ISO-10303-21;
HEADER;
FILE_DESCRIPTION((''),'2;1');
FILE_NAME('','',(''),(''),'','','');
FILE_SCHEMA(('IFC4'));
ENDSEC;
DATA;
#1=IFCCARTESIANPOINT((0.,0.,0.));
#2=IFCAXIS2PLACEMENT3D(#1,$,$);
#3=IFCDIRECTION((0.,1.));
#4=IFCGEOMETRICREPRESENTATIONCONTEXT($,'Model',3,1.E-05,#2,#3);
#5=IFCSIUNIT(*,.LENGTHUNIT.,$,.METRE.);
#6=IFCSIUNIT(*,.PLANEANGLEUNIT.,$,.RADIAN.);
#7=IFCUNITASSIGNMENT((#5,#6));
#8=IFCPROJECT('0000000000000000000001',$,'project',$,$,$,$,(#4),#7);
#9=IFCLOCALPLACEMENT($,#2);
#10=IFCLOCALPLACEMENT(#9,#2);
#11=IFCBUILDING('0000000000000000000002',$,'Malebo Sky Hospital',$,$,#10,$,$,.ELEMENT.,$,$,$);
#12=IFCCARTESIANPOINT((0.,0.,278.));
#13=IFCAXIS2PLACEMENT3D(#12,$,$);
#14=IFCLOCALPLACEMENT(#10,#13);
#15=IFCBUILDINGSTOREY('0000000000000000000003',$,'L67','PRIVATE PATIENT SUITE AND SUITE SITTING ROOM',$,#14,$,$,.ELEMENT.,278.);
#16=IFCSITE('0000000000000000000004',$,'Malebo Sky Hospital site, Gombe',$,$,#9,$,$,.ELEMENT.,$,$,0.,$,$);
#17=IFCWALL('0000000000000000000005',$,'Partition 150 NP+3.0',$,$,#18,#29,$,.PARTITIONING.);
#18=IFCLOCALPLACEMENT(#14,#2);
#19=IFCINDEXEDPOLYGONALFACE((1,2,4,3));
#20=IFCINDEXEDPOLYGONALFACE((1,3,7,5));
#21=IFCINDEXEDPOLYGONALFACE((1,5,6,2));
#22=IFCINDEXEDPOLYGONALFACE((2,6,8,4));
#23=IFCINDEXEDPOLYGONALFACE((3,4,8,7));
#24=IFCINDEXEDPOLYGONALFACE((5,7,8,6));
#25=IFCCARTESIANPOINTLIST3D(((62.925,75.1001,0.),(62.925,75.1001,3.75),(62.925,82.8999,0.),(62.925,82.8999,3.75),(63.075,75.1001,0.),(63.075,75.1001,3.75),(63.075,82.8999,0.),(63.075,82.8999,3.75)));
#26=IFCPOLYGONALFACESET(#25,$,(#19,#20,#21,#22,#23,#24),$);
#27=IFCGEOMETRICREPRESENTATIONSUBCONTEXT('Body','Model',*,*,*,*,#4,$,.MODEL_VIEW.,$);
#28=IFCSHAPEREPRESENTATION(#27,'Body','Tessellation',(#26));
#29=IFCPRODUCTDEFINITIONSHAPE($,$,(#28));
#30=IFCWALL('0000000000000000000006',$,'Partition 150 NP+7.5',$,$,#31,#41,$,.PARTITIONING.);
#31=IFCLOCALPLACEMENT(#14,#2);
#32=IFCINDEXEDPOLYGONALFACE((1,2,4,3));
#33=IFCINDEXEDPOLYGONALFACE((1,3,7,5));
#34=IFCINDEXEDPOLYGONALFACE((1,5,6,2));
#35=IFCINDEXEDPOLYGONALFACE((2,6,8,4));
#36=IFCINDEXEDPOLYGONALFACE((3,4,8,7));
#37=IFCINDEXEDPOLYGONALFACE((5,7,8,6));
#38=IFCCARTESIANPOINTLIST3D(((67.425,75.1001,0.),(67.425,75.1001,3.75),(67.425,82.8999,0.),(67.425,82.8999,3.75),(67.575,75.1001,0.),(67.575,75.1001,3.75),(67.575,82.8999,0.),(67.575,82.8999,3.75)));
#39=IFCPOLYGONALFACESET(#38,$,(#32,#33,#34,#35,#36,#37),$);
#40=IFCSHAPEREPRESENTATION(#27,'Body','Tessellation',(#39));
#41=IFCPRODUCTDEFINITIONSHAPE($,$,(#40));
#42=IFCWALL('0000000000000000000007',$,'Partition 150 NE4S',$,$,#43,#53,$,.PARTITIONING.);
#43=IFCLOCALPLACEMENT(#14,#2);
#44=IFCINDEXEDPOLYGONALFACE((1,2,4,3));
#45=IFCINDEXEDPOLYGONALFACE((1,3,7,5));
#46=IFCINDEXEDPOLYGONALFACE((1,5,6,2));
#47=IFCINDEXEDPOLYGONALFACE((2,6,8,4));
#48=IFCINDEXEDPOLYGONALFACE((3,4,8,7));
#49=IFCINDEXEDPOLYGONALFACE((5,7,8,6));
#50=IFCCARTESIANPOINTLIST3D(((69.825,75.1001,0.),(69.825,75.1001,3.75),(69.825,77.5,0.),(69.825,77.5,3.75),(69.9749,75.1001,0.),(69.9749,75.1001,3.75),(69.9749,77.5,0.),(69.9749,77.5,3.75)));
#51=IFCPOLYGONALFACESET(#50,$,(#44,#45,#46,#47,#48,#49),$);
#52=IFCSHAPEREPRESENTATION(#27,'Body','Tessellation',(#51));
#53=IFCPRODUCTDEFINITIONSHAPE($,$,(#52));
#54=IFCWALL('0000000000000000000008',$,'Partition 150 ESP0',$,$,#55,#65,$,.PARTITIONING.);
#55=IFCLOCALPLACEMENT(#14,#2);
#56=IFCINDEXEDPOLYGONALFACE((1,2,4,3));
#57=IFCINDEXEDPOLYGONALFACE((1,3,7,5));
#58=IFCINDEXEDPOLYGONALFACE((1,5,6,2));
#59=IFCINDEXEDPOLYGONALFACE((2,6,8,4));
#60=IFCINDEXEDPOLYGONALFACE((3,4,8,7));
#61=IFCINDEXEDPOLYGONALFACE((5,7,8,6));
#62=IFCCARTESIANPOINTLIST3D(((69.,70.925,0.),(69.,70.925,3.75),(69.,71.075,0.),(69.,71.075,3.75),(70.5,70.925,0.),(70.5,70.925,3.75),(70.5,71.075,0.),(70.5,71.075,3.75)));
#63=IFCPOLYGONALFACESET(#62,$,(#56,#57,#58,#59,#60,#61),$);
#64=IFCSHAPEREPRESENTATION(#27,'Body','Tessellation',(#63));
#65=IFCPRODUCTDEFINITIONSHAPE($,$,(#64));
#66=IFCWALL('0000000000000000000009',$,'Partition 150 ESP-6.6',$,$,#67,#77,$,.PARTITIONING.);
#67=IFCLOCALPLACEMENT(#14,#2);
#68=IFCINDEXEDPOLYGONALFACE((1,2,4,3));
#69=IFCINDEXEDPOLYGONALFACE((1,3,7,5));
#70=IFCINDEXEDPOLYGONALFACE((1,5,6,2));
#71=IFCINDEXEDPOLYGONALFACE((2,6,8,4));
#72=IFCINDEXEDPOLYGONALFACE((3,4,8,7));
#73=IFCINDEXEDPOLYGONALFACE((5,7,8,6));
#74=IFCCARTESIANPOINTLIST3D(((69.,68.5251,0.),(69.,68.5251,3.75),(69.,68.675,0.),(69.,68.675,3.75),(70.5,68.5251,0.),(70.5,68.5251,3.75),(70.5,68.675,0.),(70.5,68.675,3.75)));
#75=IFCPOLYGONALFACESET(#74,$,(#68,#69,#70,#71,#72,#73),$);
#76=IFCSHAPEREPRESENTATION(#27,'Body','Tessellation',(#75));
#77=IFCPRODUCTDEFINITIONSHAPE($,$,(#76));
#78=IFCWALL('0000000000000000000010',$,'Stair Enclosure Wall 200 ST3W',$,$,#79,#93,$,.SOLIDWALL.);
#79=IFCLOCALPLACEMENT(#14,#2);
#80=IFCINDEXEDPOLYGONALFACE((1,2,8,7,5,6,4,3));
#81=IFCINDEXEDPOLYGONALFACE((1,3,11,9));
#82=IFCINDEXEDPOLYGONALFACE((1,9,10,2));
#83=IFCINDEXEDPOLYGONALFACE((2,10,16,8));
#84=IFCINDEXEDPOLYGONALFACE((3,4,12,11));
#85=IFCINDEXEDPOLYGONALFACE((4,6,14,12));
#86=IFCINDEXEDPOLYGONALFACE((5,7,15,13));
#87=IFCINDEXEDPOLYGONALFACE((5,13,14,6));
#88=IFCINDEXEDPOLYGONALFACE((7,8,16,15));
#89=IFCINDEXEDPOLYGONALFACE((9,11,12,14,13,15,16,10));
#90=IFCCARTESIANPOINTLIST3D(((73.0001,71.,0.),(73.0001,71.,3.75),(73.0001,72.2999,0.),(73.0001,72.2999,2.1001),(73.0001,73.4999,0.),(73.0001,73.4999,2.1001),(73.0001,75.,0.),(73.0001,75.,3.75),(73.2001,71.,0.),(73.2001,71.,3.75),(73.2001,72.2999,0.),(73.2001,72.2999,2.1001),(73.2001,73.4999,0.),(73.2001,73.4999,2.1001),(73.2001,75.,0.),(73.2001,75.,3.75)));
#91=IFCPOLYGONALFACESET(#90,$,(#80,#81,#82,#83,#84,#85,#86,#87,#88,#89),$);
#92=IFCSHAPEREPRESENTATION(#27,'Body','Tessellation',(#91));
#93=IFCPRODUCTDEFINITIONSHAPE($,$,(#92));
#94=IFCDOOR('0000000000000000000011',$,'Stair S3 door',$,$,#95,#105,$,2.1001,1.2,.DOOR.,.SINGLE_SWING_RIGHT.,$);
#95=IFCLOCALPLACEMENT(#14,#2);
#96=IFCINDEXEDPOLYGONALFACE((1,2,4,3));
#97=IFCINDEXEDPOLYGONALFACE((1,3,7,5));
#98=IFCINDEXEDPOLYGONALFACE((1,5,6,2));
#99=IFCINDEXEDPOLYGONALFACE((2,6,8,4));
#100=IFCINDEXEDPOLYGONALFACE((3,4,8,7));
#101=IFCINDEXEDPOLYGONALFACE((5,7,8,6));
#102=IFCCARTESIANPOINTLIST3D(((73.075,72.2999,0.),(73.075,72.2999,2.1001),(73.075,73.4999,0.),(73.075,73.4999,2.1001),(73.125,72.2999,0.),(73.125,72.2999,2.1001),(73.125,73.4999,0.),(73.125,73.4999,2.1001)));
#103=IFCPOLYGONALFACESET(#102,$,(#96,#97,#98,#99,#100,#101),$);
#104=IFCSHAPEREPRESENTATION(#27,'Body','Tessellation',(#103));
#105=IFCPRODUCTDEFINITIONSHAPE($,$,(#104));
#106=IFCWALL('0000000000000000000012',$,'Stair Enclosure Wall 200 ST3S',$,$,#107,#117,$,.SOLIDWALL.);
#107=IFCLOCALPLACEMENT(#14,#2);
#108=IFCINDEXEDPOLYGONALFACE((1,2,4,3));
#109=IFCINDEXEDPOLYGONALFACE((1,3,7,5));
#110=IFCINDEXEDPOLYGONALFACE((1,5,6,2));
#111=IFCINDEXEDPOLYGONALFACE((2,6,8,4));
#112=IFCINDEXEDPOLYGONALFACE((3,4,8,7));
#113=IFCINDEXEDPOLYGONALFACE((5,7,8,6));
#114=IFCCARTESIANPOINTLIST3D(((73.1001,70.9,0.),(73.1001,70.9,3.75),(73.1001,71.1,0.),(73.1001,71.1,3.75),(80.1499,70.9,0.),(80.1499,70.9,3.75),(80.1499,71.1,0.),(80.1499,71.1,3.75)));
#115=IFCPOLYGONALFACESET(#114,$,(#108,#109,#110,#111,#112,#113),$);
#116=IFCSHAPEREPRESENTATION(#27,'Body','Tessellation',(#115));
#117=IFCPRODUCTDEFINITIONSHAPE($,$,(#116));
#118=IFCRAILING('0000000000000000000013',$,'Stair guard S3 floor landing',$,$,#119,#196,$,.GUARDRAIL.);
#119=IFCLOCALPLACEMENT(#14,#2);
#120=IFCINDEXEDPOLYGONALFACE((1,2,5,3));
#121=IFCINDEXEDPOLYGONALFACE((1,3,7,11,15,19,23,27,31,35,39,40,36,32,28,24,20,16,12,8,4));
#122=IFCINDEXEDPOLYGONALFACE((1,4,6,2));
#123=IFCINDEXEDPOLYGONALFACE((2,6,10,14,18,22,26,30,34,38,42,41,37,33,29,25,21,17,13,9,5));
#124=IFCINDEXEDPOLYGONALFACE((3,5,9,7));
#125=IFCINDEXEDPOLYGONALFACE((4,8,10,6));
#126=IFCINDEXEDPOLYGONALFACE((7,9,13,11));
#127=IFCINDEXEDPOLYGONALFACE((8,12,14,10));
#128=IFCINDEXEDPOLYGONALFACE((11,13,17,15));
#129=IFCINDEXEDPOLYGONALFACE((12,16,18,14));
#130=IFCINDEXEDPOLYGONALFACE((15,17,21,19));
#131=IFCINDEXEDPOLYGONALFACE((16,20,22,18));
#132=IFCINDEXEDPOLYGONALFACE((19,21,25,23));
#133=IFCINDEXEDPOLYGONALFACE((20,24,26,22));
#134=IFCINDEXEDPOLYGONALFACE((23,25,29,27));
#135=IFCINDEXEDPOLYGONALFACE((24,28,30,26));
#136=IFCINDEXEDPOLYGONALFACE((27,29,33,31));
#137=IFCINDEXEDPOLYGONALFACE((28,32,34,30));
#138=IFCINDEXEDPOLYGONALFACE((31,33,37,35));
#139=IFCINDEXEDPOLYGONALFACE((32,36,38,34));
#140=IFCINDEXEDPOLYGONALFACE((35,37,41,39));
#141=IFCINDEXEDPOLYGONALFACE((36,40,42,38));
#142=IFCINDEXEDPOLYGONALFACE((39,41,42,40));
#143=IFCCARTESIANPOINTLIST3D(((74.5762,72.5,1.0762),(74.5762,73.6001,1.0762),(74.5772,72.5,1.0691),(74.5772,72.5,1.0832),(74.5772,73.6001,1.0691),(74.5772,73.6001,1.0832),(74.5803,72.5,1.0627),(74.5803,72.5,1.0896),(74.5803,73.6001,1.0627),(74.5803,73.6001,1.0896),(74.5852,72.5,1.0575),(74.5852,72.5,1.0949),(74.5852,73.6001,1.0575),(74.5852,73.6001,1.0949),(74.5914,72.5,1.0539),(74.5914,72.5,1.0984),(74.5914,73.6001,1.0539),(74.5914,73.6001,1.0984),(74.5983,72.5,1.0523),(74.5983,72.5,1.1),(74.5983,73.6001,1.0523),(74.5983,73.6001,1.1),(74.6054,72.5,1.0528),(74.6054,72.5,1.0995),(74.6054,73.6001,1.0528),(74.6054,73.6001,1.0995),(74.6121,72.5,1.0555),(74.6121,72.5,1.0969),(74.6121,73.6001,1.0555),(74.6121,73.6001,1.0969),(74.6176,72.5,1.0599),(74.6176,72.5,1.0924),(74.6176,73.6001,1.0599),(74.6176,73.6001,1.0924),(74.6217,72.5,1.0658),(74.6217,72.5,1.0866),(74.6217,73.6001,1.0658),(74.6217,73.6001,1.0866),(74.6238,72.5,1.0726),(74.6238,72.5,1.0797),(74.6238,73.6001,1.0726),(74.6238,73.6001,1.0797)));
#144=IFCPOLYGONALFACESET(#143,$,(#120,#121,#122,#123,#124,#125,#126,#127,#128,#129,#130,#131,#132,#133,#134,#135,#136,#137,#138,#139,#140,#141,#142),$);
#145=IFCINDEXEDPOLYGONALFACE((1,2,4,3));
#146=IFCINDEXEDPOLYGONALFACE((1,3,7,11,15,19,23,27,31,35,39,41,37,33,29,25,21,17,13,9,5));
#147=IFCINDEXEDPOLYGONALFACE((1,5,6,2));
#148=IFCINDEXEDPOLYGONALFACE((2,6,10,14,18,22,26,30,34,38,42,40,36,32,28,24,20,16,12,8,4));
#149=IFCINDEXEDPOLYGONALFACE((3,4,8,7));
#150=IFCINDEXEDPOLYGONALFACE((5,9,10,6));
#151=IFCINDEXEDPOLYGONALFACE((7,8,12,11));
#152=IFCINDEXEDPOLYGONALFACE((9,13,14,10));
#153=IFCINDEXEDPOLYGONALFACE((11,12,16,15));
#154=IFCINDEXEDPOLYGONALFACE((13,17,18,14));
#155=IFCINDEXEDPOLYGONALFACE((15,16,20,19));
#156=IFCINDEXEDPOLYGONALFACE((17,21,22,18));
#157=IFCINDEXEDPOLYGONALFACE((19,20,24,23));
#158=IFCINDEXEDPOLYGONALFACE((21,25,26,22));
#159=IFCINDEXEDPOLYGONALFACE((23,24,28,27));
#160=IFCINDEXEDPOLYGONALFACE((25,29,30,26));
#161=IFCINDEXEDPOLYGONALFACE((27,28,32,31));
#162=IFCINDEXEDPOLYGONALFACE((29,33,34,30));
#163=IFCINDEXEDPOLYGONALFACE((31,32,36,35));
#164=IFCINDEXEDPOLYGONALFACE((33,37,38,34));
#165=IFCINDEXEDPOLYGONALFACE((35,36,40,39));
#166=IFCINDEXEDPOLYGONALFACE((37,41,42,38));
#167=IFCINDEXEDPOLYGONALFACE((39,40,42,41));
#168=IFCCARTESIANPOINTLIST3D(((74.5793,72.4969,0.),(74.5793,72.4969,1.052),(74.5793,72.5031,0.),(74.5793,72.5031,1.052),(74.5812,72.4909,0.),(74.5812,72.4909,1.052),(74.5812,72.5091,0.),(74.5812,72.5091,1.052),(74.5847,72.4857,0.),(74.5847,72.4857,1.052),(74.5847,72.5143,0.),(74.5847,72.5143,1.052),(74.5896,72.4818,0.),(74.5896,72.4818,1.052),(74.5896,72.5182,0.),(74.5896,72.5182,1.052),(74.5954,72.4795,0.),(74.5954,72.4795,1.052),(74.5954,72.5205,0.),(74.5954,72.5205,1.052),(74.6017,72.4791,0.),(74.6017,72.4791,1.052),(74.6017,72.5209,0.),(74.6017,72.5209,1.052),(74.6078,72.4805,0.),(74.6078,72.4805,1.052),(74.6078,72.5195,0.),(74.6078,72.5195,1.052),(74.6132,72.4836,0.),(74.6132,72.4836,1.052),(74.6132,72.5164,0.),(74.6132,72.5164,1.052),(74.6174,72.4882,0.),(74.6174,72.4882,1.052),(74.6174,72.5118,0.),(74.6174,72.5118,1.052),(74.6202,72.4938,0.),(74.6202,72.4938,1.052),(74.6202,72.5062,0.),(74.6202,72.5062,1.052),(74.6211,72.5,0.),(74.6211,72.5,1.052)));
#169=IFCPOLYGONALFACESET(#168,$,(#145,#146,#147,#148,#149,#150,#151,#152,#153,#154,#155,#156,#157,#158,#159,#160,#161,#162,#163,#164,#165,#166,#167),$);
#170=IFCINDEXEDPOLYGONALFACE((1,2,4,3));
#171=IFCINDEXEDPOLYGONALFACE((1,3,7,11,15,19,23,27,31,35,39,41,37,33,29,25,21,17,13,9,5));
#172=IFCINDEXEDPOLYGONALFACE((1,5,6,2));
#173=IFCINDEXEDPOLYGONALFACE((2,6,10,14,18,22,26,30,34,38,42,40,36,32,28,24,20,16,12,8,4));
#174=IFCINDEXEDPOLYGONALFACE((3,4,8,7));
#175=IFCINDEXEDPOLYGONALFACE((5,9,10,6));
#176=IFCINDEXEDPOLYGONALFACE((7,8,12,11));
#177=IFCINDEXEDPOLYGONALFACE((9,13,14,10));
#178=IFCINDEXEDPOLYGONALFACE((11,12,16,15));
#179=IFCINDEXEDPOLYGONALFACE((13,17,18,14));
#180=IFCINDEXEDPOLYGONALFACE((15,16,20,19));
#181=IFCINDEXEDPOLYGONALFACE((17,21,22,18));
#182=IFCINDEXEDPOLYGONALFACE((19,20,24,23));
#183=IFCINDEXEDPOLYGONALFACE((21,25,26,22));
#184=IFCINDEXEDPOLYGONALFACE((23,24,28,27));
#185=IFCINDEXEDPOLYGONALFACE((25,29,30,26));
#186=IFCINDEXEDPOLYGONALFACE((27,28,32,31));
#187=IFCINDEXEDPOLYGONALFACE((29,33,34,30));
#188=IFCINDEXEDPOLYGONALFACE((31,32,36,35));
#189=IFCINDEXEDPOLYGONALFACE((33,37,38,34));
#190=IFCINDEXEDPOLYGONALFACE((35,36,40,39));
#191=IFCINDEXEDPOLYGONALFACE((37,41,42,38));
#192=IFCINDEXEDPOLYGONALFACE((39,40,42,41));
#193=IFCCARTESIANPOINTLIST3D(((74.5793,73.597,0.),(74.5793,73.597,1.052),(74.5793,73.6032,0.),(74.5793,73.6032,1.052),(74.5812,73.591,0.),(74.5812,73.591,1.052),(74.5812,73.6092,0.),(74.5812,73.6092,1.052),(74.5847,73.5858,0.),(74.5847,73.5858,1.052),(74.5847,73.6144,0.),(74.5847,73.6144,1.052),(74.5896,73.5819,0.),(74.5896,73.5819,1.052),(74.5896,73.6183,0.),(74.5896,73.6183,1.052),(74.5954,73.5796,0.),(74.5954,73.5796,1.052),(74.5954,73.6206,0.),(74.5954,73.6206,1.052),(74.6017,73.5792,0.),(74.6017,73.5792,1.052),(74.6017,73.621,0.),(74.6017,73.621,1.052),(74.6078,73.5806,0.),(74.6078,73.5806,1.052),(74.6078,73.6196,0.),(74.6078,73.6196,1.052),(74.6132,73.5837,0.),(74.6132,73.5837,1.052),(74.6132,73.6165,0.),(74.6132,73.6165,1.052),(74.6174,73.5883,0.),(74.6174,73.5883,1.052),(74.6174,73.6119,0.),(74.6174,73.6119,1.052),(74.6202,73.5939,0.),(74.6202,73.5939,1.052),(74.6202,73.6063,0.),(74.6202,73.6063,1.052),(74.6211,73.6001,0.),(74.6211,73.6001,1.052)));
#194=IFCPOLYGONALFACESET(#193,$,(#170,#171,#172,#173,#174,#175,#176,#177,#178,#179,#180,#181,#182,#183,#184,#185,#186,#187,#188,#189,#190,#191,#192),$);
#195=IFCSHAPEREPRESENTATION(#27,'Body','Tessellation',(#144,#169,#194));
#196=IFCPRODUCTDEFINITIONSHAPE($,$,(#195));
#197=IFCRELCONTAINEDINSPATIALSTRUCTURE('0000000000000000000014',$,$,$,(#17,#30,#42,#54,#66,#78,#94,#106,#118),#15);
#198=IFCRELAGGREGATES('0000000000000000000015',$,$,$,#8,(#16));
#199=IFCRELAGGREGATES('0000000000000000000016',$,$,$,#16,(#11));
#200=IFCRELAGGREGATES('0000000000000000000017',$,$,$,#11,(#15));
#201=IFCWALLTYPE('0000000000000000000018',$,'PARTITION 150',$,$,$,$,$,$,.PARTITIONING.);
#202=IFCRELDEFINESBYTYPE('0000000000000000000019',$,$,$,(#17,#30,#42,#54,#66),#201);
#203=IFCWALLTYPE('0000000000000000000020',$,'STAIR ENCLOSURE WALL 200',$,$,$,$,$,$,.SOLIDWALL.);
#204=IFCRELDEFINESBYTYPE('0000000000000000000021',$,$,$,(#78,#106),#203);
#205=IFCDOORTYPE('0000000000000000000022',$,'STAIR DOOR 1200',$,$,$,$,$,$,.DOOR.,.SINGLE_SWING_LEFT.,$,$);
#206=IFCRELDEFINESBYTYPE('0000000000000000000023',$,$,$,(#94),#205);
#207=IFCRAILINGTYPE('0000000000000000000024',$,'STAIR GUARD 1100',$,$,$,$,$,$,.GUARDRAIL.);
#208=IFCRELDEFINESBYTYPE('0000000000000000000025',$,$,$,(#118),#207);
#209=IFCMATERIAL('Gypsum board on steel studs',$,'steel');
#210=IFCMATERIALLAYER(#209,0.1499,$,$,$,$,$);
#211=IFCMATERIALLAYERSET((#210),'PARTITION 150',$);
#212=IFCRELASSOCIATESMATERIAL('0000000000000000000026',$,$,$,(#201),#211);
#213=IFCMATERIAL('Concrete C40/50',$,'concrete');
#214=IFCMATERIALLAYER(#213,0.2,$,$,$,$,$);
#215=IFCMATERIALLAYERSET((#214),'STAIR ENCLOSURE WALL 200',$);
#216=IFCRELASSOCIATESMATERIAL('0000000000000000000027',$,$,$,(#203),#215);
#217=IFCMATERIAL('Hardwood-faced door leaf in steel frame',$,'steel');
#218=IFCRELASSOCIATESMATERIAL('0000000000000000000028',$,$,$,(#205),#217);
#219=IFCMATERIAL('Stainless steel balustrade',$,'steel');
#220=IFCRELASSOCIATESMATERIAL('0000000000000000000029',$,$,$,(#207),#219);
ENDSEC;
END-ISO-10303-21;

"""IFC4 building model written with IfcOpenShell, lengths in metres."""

from ifc_helpers import new_model, si_unit, direction, frame, frame_2d, origin, origin_2d, place, context, subcontext, project, spatial, rectangle, circle, extrude, material, layer, layer_set, type_object, element, fill, save


model = new_model("IFC4")

# Units and contexts
model_context = context("Model", 3, precision=1e-05, world=origin(), true_north=direction((0.0, 1.0)))
body_context = subcontext(model_context, "Body", "Model", "MODEL_VIEW")
ifc_project = project(units=[si_unit("LENGTHUNIT", "METRE"), si_unit("PLANEANGLEUNIT", "RADIAN")], contexts=[model_context])

# Site, building, storey
site_placement = place(None, origin())
site = spatial("IfcSite", under=ifc_project, at=site_placement, Name="Malebo Sky Hospital site, Gombe", CompositionType="ELEMENT", RefElevation=0.0)
building_placement = place(site_placement, origin())
building = spatial("IfcBuilding", under=site, at=building_placement, Name="Malebo Sky Hospital", CompositionType="ELEMENT")
storey_placement = place(building_placement, frame((0.0, 0.0, 278.0)))
storey = spatial("IfcBuildingStorey", under=building, at=storey_placement, Name="L67", Description="PRIVATE PATIENT SUITE AND SUITE SITTING ROOM", CompositionType="ELEMENT", Elevation=278.0)

# Shared definitions
ifc_material_1 = material(Name="Gypsum board on steel studs", Category="steel")
ifc_material_2 = material(Name="Hardwood-faced door leaf in steel frame", Category="steel")

# Walls
ifc_layer_1 = layer(ifc_material_1, 0.1499)
ifc_layer_set_1 = layer_set([ifc_layer_1], Name="PARTITION 150")
wall_type_1 = type_object("IfcWallType", Name="PARTITION 150", PredefinedType="PARTITIONING", material=ifc_layer_set_1)
for number, where, z_axis, x_axis, name in (
    (1, (63.0, 75.1001, 0.0), (0.0, 0.0, 1.0), (0.0, 1.0, 0.0), "Partition 150 NP+3.0"),
    (2, (67.5, 75.1001, 0.0), (0.0, 0.0, 1.0), (0.0, 1.0, 0.0), "Partition 150 NP+7.5"),
):
    element("IfcWall", number, at=place(storey_placement, frame(where, z_axis=z_axis, x_axis=x_axis)), inside=storey, type_object=wall_type_1, Name=name, PredefinedType="PARTITIONING", context=body_context, shape_type="SweptSolid", body=[
        extrude(rectangle(XDim=7.7998, YDim=0.1499, at=frame_2d((3.8999, 0.0))), origin(), (0.0, 0.0, 1.0), 3.75),
    ])
wall_1_placement = place(storey_placement, frame((69.8999, 75.1001, 0.0), z_axis=(0.0, 0.0, 1.0), x_axis=(0.0, 1.0, 0.0)))
element("IfcWall", 3, at=wall_1_placement, inside=storey, type_object=wall_type_1, Name="Partition 150 NE4S", PredefinedType="PARTITIONING", context=body_context, shape_type="SweptSolid", body=[
    extrude(rectangle(XDim=2.3999, YDim=0.1499, at=frame_2d((1.2, 0.0))), origin(), (0.0, 0.0, 1.0), 3.75),
])
for number, where, z_axis, x_axis, name in (
    (4, (69.0, 71.0, 0.0), (0.0, 0.0, 1.0), (1.0, 0.0, 0.0), "Partition 150 ESP0"),
    (5, (69.0, 68.6001, 0.0), (0.0, 0.0, 1.0), (1.0, 0.0, 0.0), "Partition 150 ESP-6.6"),
):
    element("IfcWall", number, at=place(storey_placement, frame(where, z_axis=z_axis, x_axis=x_axis)), inside=storey, type_object=wall_type_1, Name=name, PredefinedType="PARTITIONING", context=body_context, shape_type="SweptSolid", body=[
        extrude(rectangle(XDim=1.5, YDim=0.1499, at=frame_2d((0.75, 0.0))), origin(), (0.0, 0.0, 1.0), 3.75),
    ])

# Wall, opening, door
ifc_material_3 = material(Name="Concrete C40/50", Category="concrete")
ifc_layer_2 = layer(ifc_material_3, 0.2)
ifc_layer_set_2 = layer_set([ifc_layer_2], Name="STAIR ENCLOSURE WALL 200")
wall_type_2 = type_object("IfcWallType", Name="STAIR ENCLOSURE WALL 200", PredefinedType="SOLIDWALL", material=ifc_layer_set_2)
wall_2_placement = place(storey_placement, frame((73.1001, 75.0, 0.0), z_axis=(0.0, 0.0, 1.0), x_axis=(0.0, -1.0, 0.0)))
wall_2 = element("IfcWall", 6, at=wall_2_placement, inside=storey, type_object=wall_type_2, Name="Stair Enclosure Wall 200 ST3W", PredefinedType="SOLIDWALL", context=body_context, shape_type="SweptSolid", body=[
    extrude(rectangle(XDim=4.0, YDim=0.2, at=frame_2d((2.0, 0.0))), origin(), (0.0, 0.0, 1.0), 3.75),
])
opening_1_placement = place(wall_2_placement, frame((1.5, 0.0, 0.0)))
opening_1 = element("IfcOpeningElement", 7, at=opening_1_placement, cuts=wall_2, PredefinedType="OPENING", context=body_context, shape_type="SweptSolid", body=[
    extrude(rectangle(XDim=1.2, YDim=2.1001, at=frame_2d((0.6001, 1.05))), frame((0.0, 0.1099, 0.0), z_axis=(0.0, -1.0, 0.0), x_axis=(1.0, 0.0, 0.0)), (0.0, 0.0, 1.0), 0.22),
])
door_type_1 = type_object("IfcDoorType", Name="STAIR DOOR 1200", OperationType="SINGLE_SWING_LEFT", PredefinedType="DOOR", material=ifc_material_2)
door_1_placement = place(opening_1_placement, origin())
door_1 = element("IfcDoor", 8, at=door_1_placement, inside=storey, type_object=door_type_1, Name="Stair S3 door", OperationType="SINGLE_SWING_RIGHT", OverallHeight=2.1001, OverallWidth=1.2, PredefinedType="DOOR", context=body_context, shape_type="SweptSolid", body=[
    extrude(rectangle(XDim=1.2, YDim=2.1001, at=frame_2d((0.6001, 1.05))), frame((0.0, 0.0249, 0.0), z_axis=(0.0, -1.0, 0.0), x_axis=(1.0, 0.0, 0.0)), (0.0, 0.0, 1.0), 0.05),
])
fill(opening_1, door_1)

# Wall
wall_3_placement = place(storey_placement, frame((73.1001, 71.0, 0.0), z_axis=(0.0, 0.0, 1.0), x_axis=(1.0, 0.0, 0.0)))
element("IfcWall", 9, at=wall_3_placement, inside=storey, type_object=wall_type_2, Name="Stair Enclosure Wall 200 ST3S", PredefinedType="SOLIDWALL", context=body_context, shape_type="SweptSolid", body=[
    extrude(rectangle(XDim=7.0498, YDim=0.2, at=frame_2d((3.5249, 0.0))), origin(), (0.0, 0.0, 1.0), 3.75),
])

# Railing
ifc_material_4 = material(Name="Stainless steel balustrade", Category="steel")
railing_type = type_object("IfcRailingType", Name="STAIR GUARD 1100", PredefinedType="GUARDRAIL", material=ifc_material_4)
railing_placement = place(storey_placement, frame((74.6001, 72.5, 0.0)))
element("IfcRailing", 10, at=railing_placement, inside=storey, type_object=railing_type, Name="Stair guard S3 floor landing", PredefinedType="GUARDRAIL", context=body_context, shape_type="SweptSolid", body=[
    extrude(circle(Radius=0.0239, at=origin_2d()), frame((0.0, 0.0, 1.0762), z_axis=(0.0, 1.0, 0.0), x_axis=(-1.0, 0.0, 0.0)), (0.0, 0.0, 1.0), 1.1001),
    extrude(circle(Radius=0.021, at=origin_2d()), origin(), (0.0, 0.0, 1.0), 1.052),
    extrude(circle(Radius=0.021, at=origin_2d()), frame((0.0, 1.1001, 0.0)), (0.0, 0.0, 1.0), 1.052),
])

save(model, "model.ifc")
